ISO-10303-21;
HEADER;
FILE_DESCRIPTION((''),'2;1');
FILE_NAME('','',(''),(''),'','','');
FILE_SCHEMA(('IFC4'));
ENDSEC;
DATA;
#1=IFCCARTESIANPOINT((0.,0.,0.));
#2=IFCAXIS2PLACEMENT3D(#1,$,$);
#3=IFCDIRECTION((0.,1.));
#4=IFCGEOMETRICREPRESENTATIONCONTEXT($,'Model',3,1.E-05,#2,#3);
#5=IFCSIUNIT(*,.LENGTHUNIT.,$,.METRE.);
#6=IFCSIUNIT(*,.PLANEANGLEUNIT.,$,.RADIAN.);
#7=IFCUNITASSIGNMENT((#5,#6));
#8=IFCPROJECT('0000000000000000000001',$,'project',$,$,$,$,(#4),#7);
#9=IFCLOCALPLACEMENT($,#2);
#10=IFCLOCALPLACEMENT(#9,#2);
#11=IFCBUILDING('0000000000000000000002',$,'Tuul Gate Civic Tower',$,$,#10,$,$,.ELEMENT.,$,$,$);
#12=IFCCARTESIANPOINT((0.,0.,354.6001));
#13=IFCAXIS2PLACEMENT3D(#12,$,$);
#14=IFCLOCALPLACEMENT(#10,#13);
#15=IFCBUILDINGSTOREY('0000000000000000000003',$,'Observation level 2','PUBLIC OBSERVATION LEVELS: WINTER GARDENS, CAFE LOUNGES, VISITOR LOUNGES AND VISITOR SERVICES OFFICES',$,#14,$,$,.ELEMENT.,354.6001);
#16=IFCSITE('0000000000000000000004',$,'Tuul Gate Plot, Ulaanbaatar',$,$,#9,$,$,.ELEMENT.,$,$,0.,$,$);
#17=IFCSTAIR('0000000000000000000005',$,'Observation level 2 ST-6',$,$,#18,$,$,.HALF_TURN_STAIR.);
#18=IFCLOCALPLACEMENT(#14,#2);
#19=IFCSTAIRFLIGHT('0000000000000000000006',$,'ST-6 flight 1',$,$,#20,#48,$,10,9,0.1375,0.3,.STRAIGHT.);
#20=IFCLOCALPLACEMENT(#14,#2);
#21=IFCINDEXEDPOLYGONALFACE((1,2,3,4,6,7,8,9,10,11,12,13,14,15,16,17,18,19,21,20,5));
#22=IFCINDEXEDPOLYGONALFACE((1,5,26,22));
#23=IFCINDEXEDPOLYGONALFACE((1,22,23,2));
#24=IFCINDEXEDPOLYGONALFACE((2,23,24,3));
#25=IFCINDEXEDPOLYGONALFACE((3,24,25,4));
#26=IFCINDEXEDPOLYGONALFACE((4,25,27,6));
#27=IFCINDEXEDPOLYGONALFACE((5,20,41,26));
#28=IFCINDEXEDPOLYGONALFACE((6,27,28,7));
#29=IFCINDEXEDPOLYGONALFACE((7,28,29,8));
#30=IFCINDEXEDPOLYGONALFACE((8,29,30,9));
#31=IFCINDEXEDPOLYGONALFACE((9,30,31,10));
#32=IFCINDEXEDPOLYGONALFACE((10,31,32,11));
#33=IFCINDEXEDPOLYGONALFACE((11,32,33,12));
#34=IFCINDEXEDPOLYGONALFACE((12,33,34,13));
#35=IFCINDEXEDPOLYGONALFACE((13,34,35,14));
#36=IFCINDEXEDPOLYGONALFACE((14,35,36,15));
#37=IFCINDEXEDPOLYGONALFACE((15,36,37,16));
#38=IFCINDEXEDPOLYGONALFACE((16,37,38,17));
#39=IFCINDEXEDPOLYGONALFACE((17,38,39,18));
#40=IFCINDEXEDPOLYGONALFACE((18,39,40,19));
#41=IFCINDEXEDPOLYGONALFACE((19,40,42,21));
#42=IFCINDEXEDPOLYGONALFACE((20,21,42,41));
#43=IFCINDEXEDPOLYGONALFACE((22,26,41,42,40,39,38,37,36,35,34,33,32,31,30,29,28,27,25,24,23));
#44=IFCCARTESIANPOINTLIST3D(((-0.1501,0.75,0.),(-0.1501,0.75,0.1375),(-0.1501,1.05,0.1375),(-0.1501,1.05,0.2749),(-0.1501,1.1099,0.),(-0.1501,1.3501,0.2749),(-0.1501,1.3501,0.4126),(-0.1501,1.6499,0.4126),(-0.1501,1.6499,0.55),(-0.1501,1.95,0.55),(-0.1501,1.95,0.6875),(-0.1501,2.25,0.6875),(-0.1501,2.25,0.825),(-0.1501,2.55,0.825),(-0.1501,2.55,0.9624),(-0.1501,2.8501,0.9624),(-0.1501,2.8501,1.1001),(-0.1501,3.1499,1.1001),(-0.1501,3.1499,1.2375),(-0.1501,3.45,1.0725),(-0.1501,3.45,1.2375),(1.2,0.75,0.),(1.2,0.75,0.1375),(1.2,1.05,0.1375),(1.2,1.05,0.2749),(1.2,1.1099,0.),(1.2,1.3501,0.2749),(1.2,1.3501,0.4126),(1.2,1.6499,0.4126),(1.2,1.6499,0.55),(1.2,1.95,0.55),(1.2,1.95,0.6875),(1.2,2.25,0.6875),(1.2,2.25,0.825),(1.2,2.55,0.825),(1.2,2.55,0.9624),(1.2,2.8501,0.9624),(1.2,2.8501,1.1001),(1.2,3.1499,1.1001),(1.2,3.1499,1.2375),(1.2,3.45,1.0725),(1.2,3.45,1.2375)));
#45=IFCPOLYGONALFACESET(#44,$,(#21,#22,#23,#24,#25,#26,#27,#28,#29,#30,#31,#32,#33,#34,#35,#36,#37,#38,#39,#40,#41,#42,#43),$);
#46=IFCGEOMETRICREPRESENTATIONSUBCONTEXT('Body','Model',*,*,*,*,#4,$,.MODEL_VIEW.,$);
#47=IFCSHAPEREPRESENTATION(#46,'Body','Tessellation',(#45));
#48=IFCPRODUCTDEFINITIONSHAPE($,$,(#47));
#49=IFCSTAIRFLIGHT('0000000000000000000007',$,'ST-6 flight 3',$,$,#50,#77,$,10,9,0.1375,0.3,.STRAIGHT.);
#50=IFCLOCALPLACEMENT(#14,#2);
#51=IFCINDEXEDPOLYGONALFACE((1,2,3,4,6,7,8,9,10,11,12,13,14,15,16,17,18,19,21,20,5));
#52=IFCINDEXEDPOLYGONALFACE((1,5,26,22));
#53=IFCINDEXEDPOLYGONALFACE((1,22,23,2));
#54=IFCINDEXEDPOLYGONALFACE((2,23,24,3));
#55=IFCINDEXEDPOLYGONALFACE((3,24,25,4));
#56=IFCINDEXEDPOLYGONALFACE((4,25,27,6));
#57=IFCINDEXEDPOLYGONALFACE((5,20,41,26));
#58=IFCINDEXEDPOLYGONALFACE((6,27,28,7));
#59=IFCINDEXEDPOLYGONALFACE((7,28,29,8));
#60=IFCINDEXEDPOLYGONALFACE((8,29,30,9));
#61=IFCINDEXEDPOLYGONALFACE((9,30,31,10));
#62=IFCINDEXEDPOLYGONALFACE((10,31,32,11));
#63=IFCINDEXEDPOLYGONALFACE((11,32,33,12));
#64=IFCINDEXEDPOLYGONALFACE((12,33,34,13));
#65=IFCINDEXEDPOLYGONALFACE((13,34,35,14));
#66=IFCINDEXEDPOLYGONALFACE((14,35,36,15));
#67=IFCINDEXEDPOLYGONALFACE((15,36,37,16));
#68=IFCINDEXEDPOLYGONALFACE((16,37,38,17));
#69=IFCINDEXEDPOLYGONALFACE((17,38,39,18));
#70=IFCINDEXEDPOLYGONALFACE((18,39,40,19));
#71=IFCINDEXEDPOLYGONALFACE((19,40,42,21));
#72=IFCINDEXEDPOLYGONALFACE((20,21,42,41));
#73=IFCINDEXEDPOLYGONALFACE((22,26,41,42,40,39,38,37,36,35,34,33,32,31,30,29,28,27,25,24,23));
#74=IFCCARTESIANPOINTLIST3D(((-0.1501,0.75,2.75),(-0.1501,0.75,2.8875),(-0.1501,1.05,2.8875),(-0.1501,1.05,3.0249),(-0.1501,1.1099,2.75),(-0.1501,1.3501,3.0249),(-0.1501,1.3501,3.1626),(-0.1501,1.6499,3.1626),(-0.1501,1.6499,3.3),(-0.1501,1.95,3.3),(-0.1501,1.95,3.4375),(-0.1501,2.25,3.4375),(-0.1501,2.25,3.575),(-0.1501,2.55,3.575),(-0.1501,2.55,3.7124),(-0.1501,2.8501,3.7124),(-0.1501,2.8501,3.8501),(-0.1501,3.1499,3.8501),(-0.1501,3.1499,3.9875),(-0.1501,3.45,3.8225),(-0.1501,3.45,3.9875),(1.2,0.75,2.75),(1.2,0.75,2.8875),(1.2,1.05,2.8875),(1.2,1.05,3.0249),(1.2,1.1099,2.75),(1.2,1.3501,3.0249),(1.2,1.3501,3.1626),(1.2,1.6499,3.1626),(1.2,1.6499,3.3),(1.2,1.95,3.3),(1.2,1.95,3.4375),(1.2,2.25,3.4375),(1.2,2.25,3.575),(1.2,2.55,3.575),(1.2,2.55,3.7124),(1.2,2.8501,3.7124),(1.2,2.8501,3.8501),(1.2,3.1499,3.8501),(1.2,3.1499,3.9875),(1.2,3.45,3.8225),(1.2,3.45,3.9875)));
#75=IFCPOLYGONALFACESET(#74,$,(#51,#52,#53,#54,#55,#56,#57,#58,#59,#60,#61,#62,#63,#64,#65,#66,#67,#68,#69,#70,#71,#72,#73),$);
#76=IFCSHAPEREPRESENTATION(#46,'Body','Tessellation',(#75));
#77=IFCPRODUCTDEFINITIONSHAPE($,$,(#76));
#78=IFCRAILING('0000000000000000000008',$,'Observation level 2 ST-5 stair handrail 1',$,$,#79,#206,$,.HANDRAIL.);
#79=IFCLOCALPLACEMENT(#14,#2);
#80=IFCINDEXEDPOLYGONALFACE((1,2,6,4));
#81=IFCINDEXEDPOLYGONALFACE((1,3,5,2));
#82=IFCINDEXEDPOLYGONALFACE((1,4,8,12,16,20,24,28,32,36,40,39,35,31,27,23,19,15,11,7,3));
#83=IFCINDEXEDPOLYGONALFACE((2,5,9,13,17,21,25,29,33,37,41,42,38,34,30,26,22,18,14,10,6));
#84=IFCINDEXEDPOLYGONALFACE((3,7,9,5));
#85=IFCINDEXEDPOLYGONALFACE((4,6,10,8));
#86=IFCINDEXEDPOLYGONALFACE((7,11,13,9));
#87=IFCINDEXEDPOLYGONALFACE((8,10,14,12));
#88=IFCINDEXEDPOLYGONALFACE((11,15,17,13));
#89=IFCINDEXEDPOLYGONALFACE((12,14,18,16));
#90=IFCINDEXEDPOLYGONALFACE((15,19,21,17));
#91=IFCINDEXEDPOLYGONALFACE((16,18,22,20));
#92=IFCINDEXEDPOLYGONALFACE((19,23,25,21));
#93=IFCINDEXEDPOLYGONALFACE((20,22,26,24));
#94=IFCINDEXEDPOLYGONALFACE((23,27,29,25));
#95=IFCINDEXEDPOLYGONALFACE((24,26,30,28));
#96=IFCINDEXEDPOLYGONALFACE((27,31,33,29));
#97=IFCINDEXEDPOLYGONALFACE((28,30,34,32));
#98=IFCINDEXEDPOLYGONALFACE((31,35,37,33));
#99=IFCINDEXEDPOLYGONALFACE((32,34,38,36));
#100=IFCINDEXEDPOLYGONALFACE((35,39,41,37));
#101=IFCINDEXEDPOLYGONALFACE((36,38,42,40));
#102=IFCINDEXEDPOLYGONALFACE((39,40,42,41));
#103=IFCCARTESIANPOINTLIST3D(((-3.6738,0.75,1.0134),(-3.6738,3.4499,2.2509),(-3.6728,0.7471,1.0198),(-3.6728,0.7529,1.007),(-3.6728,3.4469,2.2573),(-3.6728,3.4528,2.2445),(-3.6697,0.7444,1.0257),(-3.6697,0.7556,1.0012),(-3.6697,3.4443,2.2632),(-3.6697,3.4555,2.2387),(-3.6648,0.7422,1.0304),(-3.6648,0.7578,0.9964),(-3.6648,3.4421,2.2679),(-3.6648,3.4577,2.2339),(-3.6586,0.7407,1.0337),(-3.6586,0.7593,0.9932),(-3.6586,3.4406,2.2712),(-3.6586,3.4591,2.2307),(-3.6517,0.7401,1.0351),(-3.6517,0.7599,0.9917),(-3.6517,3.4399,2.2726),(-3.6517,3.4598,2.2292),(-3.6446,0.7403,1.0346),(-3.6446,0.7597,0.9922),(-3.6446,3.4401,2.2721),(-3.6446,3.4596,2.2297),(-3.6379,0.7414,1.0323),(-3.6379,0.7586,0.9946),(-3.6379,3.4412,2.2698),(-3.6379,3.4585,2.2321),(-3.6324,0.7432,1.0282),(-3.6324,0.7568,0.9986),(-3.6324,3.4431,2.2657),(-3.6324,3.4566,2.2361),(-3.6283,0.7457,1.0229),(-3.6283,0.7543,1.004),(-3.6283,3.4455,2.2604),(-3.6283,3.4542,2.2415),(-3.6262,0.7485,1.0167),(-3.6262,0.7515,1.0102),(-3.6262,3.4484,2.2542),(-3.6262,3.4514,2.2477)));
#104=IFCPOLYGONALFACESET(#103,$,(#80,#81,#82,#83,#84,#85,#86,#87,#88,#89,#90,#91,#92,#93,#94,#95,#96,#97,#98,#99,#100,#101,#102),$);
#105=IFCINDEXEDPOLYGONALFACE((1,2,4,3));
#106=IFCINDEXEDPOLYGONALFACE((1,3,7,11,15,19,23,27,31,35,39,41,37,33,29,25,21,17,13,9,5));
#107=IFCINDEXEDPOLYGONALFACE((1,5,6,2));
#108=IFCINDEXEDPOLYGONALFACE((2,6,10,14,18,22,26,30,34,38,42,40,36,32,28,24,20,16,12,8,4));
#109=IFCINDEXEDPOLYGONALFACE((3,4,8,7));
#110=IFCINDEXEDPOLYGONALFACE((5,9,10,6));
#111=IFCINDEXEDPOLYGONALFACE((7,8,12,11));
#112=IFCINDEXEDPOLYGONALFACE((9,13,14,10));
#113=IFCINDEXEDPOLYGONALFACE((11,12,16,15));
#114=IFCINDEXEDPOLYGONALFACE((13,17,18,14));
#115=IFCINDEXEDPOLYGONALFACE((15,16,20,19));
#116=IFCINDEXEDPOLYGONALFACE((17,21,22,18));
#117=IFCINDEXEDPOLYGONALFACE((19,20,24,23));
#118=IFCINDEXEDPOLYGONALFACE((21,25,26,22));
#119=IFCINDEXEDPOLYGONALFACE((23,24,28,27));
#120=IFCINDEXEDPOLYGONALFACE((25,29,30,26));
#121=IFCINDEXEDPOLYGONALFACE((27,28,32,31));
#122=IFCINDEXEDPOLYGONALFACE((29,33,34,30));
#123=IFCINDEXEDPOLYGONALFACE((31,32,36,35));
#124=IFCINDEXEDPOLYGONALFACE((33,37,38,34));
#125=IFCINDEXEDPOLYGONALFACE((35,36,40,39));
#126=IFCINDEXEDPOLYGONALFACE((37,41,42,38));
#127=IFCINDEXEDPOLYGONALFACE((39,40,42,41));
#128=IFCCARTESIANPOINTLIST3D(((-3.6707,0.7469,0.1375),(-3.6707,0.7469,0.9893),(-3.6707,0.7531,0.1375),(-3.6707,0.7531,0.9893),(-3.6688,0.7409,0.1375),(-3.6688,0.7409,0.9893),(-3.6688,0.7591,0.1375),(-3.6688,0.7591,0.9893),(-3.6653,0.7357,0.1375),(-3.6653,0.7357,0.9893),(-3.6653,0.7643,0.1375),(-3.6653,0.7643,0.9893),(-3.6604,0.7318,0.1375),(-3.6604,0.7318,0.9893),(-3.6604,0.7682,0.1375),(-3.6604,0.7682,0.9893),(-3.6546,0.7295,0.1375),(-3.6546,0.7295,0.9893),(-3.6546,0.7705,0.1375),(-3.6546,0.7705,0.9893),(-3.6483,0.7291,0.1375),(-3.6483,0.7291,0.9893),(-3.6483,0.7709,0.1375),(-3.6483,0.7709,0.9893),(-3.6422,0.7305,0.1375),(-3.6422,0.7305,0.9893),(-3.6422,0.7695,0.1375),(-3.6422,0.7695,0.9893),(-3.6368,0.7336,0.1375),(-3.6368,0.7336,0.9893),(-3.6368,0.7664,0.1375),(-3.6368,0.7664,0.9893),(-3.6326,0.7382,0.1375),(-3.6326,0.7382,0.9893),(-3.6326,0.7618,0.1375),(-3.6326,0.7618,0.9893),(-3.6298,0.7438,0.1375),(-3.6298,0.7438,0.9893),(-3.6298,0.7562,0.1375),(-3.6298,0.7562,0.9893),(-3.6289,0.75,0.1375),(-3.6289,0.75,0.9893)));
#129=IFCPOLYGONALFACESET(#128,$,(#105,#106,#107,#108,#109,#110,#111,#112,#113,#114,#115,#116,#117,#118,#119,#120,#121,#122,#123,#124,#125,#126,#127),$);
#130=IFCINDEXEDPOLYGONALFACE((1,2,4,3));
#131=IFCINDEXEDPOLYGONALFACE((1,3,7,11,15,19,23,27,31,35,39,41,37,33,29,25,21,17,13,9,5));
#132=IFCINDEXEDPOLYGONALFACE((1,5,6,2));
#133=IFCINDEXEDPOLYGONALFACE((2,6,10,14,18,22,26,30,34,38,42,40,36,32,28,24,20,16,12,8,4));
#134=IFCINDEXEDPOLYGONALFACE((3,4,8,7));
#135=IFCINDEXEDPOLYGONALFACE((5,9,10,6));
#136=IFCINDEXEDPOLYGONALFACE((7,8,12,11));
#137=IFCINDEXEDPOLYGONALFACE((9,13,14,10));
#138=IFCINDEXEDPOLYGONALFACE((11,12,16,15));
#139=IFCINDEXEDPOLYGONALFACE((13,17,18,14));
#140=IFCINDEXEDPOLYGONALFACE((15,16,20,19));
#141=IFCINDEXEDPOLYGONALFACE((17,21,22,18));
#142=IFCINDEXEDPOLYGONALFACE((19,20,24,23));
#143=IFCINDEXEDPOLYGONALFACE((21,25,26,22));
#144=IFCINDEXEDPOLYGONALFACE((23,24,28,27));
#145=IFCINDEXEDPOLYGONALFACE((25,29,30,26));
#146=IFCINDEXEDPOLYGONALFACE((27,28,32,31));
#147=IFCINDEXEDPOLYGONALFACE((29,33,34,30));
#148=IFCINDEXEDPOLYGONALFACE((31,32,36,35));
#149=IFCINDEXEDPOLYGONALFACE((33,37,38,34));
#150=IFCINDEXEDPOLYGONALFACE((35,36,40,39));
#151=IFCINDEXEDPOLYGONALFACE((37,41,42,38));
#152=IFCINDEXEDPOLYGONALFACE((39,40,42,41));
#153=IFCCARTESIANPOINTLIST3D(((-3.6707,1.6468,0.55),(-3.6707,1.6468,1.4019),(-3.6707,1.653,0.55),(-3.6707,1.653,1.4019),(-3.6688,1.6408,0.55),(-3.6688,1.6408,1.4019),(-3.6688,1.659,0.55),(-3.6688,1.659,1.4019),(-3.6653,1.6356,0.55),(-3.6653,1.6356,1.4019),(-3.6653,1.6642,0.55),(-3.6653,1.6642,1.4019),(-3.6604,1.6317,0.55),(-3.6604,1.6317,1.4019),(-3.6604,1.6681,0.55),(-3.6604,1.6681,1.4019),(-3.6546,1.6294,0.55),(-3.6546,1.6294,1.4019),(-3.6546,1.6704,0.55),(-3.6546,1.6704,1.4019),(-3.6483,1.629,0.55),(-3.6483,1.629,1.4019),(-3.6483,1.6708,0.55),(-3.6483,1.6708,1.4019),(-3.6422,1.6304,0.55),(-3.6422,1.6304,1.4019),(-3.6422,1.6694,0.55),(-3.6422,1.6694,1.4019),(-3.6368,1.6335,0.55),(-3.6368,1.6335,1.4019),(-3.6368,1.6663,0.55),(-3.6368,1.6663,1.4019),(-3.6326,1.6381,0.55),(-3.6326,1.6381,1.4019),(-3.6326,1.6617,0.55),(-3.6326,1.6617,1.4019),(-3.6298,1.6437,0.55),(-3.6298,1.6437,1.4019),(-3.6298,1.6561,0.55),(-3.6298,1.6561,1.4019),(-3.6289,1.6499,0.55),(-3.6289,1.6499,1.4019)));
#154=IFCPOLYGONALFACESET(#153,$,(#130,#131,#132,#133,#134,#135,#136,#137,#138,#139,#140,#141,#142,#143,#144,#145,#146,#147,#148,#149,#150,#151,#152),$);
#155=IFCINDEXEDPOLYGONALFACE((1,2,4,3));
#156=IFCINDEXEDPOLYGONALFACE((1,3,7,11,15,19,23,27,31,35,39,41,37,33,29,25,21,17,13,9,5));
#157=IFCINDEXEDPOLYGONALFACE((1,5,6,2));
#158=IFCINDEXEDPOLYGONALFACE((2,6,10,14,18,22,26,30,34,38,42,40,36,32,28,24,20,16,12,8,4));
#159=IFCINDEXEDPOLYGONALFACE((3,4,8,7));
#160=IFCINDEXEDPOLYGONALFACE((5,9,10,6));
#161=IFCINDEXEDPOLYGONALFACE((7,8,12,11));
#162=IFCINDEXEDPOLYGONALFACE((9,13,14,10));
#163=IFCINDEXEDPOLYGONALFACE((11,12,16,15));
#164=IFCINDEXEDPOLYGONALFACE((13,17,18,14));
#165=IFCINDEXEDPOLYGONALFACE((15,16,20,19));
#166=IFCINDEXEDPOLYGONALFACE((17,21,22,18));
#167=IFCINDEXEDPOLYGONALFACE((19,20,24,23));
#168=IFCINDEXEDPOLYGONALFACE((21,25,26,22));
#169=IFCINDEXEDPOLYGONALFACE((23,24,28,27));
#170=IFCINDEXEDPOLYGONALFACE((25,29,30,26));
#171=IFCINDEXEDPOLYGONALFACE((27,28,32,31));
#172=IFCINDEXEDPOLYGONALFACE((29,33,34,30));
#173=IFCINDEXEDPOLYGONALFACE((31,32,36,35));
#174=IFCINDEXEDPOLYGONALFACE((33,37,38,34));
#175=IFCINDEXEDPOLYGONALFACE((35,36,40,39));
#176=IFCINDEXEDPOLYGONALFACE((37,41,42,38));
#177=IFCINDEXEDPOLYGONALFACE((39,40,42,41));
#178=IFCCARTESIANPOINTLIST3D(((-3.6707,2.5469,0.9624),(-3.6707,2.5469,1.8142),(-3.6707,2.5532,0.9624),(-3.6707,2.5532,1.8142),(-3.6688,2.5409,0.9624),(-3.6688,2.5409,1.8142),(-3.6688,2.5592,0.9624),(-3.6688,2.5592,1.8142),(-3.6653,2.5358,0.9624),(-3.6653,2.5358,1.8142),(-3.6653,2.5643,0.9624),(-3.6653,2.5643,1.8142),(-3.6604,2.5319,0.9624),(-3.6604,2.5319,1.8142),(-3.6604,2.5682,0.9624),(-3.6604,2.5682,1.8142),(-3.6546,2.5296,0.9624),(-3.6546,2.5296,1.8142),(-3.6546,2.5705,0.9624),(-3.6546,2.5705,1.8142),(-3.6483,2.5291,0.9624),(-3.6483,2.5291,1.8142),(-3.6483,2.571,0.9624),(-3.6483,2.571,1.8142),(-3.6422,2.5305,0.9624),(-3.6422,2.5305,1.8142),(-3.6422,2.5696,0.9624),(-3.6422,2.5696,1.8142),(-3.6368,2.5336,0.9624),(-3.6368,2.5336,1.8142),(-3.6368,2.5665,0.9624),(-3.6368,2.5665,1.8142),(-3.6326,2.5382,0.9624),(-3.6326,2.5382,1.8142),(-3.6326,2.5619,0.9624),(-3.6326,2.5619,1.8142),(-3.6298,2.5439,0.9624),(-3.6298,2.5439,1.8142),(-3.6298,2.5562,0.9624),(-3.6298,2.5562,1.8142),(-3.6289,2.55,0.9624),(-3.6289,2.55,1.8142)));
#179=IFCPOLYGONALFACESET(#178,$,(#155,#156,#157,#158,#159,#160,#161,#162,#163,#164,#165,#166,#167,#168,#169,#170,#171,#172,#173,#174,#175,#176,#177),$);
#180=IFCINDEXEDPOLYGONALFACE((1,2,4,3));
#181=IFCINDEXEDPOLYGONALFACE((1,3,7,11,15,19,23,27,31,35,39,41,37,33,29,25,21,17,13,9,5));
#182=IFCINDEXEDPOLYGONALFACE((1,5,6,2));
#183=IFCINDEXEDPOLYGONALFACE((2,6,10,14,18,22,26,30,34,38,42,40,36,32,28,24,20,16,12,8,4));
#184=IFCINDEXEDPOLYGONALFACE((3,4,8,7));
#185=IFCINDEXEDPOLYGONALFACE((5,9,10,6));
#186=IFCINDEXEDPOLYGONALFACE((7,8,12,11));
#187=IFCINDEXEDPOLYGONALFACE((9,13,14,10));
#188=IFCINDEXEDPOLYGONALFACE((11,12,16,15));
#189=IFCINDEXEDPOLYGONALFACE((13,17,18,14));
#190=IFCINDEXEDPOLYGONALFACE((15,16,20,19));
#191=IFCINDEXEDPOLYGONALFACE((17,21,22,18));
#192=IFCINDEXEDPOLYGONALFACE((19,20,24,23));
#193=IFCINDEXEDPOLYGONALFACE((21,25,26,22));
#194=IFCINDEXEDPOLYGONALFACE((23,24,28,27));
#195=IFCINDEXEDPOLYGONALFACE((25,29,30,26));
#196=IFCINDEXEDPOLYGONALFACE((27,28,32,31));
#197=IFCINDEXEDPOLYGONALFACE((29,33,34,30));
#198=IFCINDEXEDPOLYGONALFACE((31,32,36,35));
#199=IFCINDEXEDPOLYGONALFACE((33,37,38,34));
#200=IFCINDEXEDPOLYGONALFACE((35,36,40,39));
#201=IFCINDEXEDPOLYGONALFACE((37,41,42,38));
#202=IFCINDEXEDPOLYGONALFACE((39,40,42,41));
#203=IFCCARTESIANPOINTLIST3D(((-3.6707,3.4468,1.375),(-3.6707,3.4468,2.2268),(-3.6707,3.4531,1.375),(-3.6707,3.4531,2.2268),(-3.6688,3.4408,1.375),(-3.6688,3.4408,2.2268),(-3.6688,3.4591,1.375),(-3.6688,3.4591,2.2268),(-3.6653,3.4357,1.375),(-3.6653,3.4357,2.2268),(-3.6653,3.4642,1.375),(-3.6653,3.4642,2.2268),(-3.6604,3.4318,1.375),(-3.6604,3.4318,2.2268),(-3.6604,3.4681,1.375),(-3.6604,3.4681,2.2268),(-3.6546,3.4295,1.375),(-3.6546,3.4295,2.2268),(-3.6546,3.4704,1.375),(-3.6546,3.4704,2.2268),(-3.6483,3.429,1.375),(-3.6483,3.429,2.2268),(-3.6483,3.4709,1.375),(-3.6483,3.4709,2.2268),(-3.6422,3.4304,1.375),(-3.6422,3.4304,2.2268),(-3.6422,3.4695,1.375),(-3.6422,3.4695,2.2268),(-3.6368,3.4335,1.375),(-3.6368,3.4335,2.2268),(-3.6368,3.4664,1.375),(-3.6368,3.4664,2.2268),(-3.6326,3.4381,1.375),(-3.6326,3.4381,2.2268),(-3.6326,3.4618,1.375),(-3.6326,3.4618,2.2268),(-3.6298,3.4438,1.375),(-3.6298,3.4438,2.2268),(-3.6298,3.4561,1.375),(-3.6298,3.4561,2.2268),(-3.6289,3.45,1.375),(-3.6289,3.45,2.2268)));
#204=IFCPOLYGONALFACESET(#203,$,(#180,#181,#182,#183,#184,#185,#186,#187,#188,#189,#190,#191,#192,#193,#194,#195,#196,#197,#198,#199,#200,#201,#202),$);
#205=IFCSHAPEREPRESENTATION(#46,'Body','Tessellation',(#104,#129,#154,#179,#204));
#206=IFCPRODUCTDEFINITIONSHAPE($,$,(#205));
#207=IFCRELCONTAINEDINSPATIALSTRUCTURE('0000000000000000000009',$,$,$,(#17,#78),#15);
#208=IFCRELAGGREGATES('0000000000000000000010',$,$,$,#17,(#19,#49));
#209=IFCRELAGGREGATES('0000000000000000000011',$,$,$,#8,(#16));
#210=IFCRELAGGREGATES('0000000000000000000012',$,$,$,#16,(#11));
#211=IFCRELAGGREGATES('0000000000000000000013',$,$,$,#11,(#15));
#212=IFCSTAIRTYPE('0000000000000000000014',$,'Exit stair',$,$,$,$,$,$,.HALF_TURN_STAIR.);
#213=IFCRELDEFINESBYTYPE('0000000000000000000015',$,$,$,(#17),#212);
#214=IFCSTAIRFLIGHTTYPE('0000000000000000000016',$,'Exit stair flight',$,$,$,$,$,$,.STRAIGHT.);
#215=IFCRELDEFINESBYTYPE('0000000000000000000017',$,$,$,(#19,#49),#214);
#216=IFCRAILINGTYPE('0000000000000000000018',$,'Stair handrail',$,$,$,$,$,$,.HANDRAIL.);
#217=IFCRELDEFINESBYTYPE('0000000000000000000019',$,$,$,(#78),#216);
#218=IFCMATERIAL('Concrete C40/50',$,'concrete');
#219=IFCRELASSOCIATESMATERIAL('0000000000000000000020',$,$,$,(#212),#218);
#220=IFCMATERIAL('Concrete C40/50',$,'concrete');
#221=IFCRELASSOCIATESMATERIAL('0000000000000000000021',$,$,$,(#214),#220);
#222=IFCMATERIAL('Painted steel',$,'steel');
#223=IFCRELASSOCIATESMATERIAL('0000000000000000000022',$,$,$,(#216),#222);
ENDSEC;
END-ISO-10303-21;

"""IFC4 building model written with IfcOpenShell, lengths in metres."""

from ifc_helpers import new_model, si_unit, direction, frame, origin, origin_2d, place, context, subcontext, project, spatial, polyline, circle, outline, extrude, material, type_object, element, aggregate, save


model = new_model("IFC4")

# Units and contexts
model_context = context("Model", 3, precision=1e-05, world=origin(), true_north=direction((0.0, 1.0)))
body_context = subcontext(model_context, "Body", "Model", "MODEL_VIEW")
ifc_project = project(units=[si_unit("LENGTHUNIT", "METRE"), si_unit("PLANEANGLEUNIT", "RADIAN")], contexts=[model_context])

# Site, building, storey
site_placement = place(None, origin())
site = spatial("IfcSite", under=ifc_project, at=site_placement, Name="Tuul Gate Plot, Ulaanbaatar", CompositionType="ELEMENT", RefElevation=0.0)
building_placement = place(site_placement, origin())
building = spatial("IfcBuilding", under=site, at=building_placement, Name="Tuul Gate Civic Tower", CompositionType="ELEMENT")
storey_placement = place(building_placement, frame((0.0, 0.0, 354.6001)))
storey = spatial("IfcBuildingStorey", under=building, at=storey_placement, Name="Observation level 2", Description="PUBLIC OBSERVATION LEVELS: WINTER GARDENS, CAFE LOUNGES, VISITOR LOUNGES AND VISITOR SERVICES OFFICES", CompositionType="ELEMENT", Elevation=354.6001)

# Shared definitions
ifc_material_1 = material(Name="Concrete C40/50", Category="concrete")
stair_type = type_object("IfcStairType", Name="Exit stair", PredefinedType="HALF_TURN_STAIR", material=ifc_material_1)

# Stair, stair flights
ifc_material_2 = material(Name="Concrete C40/50", Category="concrete")
stair_flight_type = type_object("IfcStairFlightType", Name="Exit stair flight", PredefinedType="STRAIGHT", material=ifc_material_2)
stair_1_placement = place(storey_placement, origin())
stair_1 = element("IfcStair", 1, at=stair_1_placement, inside=storey, type_object=stair_type, Name="Observation level 2 ST-6", PredefinedType="HALF_TURN_STAIR")
stair_flight_1_placement = place(storey_placement, frame((0.5249, 0.75, 0.0), z_axis=(0.0, 0.0, 1.0), x_axis=(0.0, 1.0, 0.0)))
stair_flight_1 = element("IfcStairFlight", 2, at=stair_flight_1_placement, type_object=stair_flight_type, Name="ST-6 flight 1", NumberOfRisers=10, NumberOfTreads=9, PredefinedType="STRAIGHT", RiserHeight=0.1375, TreadLength=0.3, context=body_context, shape_type="SweptSolid", body=[
    extrude(outline(polyline([(0.0, 0.0), (0.0, 0.1375), (0.3, 0.1375), (0.3, 0.2749), (0.6001, 0.2749), (0.6001, 0.4126), (0.8999, 0.4126), (0.8999, 0.55), (1.2, 0.55), (1.2, 0.6875), (1.5, 0.6875), (1.5, 0.825), (1.8, 0.825), (1.8, 0.9624), (2.1001, 0.9624), (2.1001, 1.1001), (2.3999, 1.1001), (2.3999, 1.2375), (2.7, 1.2375), (2.7, 1.375), (2.7, 1.0725), (0.3599, 0.0), (0.0, 0.0)])), frame((0.0, 0.675, 0.0), z_axis=(0.0, -1.0, 0.0), x_axis=(1.0, 0.0, 0.0)), (0.0, 0.0, 1.0), 1.3501),
])
stair_flight_2_placement = place(storey_placement, frame((0.5249, 0.75, 2.75), z_axis=(0.0, 0.0, 1.0), x_axis=(0.0, 1.0, 0.0)))
stair_flight_2 = element("IfcStairFlight", 3, at=stair_flight_2_placement, type_object=stair_flight_type, Name="ST-6 flight 3", NumberOfRisers=10, NumberOfTreads=9, PredefinedType="STRAIGHT", RiserHeight=0.1375, TreadLength=0.3, context=body_context, shape_type="SweptSolid", body=[
    extrude(outline(polyline([(0.0, 0.0), (0.0, 0.1375), (0.3, 0.1375), (0.3, 0.2749), (0.6001, 0.2749), (0.6001, 0.4126), (0.8999, 0.4126), (0.8999, 0.55), (1.2, 0.55), (1.2, 0.6875), (1.5, 0.6875), (1.5, 0.825), (1.8, 0.825), (1.8, 0.9624), (2.1001, 0.9624), (2.1001, 1.1001), (2.3999, 1.1001), (2.3999, 1.2375), (2.7, 1.2375), (2.7, 1.375), (2.7, 1.0725), (0.3599, 0.0), (0.0, 0.0)])), frame((0.0, 0.675, 0.0), z_axis=(0.0, -1.0, 0.0), x_axis=(1.0, 0.0, 0.0)), (0.0, 0.0, 1.0), 1.3501),
])
aggregate(stair_1, [stair_flight_1, stair_flight_2])

# Railing
ifc_material_3 = material(Name="Painted steel", Category="steel")
railing_type_1 = type_object("IfcRailingType", Name="Stair handrail", PredefinedType="HANDRAIL", material=ifc_material_3)
railing_1_placement = place(storey_placement, frame((-3.6499, 0.75, 0.1375)))
element("IfcRailing", 4, at=railing_1_placement, inside=storey, type_object=railing_type_1, Name="Observation level 2 ST-5 stair handrail 1", PredefinedType="HANDRAIL", context=body_context, shape_type="SweptSolid", body=[
    extrude(circle(Radius=0.0239, at=origin_2d()), frame((0.0, 0.0, 0.876), z_axis=(0.0, 0.909056, 0.416675), x_axis=(-1.0, 0.0, 0.0)), (0.0, 0.0, 1.0), 2.97),
    extrude(circle(Radius=0.021, at=origin_2d()), origin(), (0.0, 0.0, 1.0), 0.8518),
    extrude(circle(Radius=0.021, at=origin_2d()), frame((0.0, 0.8999, 0.4126)), (0.0, 0.0, 1.0), 0.8518),
    extrude(circle(Radius=0.021, at=origin_2d()), frame((0.0, 1.8, 0.825)), (0.0, 0.0, 1.0), 0.8518),
    extrude(circle(Radius=0.021, at=origin_2d()), frame((0.0, 2.7, 1.2375)), (0.0, 0.0, 1.0), 0.8518),
])

save(model, "model.ifc")
